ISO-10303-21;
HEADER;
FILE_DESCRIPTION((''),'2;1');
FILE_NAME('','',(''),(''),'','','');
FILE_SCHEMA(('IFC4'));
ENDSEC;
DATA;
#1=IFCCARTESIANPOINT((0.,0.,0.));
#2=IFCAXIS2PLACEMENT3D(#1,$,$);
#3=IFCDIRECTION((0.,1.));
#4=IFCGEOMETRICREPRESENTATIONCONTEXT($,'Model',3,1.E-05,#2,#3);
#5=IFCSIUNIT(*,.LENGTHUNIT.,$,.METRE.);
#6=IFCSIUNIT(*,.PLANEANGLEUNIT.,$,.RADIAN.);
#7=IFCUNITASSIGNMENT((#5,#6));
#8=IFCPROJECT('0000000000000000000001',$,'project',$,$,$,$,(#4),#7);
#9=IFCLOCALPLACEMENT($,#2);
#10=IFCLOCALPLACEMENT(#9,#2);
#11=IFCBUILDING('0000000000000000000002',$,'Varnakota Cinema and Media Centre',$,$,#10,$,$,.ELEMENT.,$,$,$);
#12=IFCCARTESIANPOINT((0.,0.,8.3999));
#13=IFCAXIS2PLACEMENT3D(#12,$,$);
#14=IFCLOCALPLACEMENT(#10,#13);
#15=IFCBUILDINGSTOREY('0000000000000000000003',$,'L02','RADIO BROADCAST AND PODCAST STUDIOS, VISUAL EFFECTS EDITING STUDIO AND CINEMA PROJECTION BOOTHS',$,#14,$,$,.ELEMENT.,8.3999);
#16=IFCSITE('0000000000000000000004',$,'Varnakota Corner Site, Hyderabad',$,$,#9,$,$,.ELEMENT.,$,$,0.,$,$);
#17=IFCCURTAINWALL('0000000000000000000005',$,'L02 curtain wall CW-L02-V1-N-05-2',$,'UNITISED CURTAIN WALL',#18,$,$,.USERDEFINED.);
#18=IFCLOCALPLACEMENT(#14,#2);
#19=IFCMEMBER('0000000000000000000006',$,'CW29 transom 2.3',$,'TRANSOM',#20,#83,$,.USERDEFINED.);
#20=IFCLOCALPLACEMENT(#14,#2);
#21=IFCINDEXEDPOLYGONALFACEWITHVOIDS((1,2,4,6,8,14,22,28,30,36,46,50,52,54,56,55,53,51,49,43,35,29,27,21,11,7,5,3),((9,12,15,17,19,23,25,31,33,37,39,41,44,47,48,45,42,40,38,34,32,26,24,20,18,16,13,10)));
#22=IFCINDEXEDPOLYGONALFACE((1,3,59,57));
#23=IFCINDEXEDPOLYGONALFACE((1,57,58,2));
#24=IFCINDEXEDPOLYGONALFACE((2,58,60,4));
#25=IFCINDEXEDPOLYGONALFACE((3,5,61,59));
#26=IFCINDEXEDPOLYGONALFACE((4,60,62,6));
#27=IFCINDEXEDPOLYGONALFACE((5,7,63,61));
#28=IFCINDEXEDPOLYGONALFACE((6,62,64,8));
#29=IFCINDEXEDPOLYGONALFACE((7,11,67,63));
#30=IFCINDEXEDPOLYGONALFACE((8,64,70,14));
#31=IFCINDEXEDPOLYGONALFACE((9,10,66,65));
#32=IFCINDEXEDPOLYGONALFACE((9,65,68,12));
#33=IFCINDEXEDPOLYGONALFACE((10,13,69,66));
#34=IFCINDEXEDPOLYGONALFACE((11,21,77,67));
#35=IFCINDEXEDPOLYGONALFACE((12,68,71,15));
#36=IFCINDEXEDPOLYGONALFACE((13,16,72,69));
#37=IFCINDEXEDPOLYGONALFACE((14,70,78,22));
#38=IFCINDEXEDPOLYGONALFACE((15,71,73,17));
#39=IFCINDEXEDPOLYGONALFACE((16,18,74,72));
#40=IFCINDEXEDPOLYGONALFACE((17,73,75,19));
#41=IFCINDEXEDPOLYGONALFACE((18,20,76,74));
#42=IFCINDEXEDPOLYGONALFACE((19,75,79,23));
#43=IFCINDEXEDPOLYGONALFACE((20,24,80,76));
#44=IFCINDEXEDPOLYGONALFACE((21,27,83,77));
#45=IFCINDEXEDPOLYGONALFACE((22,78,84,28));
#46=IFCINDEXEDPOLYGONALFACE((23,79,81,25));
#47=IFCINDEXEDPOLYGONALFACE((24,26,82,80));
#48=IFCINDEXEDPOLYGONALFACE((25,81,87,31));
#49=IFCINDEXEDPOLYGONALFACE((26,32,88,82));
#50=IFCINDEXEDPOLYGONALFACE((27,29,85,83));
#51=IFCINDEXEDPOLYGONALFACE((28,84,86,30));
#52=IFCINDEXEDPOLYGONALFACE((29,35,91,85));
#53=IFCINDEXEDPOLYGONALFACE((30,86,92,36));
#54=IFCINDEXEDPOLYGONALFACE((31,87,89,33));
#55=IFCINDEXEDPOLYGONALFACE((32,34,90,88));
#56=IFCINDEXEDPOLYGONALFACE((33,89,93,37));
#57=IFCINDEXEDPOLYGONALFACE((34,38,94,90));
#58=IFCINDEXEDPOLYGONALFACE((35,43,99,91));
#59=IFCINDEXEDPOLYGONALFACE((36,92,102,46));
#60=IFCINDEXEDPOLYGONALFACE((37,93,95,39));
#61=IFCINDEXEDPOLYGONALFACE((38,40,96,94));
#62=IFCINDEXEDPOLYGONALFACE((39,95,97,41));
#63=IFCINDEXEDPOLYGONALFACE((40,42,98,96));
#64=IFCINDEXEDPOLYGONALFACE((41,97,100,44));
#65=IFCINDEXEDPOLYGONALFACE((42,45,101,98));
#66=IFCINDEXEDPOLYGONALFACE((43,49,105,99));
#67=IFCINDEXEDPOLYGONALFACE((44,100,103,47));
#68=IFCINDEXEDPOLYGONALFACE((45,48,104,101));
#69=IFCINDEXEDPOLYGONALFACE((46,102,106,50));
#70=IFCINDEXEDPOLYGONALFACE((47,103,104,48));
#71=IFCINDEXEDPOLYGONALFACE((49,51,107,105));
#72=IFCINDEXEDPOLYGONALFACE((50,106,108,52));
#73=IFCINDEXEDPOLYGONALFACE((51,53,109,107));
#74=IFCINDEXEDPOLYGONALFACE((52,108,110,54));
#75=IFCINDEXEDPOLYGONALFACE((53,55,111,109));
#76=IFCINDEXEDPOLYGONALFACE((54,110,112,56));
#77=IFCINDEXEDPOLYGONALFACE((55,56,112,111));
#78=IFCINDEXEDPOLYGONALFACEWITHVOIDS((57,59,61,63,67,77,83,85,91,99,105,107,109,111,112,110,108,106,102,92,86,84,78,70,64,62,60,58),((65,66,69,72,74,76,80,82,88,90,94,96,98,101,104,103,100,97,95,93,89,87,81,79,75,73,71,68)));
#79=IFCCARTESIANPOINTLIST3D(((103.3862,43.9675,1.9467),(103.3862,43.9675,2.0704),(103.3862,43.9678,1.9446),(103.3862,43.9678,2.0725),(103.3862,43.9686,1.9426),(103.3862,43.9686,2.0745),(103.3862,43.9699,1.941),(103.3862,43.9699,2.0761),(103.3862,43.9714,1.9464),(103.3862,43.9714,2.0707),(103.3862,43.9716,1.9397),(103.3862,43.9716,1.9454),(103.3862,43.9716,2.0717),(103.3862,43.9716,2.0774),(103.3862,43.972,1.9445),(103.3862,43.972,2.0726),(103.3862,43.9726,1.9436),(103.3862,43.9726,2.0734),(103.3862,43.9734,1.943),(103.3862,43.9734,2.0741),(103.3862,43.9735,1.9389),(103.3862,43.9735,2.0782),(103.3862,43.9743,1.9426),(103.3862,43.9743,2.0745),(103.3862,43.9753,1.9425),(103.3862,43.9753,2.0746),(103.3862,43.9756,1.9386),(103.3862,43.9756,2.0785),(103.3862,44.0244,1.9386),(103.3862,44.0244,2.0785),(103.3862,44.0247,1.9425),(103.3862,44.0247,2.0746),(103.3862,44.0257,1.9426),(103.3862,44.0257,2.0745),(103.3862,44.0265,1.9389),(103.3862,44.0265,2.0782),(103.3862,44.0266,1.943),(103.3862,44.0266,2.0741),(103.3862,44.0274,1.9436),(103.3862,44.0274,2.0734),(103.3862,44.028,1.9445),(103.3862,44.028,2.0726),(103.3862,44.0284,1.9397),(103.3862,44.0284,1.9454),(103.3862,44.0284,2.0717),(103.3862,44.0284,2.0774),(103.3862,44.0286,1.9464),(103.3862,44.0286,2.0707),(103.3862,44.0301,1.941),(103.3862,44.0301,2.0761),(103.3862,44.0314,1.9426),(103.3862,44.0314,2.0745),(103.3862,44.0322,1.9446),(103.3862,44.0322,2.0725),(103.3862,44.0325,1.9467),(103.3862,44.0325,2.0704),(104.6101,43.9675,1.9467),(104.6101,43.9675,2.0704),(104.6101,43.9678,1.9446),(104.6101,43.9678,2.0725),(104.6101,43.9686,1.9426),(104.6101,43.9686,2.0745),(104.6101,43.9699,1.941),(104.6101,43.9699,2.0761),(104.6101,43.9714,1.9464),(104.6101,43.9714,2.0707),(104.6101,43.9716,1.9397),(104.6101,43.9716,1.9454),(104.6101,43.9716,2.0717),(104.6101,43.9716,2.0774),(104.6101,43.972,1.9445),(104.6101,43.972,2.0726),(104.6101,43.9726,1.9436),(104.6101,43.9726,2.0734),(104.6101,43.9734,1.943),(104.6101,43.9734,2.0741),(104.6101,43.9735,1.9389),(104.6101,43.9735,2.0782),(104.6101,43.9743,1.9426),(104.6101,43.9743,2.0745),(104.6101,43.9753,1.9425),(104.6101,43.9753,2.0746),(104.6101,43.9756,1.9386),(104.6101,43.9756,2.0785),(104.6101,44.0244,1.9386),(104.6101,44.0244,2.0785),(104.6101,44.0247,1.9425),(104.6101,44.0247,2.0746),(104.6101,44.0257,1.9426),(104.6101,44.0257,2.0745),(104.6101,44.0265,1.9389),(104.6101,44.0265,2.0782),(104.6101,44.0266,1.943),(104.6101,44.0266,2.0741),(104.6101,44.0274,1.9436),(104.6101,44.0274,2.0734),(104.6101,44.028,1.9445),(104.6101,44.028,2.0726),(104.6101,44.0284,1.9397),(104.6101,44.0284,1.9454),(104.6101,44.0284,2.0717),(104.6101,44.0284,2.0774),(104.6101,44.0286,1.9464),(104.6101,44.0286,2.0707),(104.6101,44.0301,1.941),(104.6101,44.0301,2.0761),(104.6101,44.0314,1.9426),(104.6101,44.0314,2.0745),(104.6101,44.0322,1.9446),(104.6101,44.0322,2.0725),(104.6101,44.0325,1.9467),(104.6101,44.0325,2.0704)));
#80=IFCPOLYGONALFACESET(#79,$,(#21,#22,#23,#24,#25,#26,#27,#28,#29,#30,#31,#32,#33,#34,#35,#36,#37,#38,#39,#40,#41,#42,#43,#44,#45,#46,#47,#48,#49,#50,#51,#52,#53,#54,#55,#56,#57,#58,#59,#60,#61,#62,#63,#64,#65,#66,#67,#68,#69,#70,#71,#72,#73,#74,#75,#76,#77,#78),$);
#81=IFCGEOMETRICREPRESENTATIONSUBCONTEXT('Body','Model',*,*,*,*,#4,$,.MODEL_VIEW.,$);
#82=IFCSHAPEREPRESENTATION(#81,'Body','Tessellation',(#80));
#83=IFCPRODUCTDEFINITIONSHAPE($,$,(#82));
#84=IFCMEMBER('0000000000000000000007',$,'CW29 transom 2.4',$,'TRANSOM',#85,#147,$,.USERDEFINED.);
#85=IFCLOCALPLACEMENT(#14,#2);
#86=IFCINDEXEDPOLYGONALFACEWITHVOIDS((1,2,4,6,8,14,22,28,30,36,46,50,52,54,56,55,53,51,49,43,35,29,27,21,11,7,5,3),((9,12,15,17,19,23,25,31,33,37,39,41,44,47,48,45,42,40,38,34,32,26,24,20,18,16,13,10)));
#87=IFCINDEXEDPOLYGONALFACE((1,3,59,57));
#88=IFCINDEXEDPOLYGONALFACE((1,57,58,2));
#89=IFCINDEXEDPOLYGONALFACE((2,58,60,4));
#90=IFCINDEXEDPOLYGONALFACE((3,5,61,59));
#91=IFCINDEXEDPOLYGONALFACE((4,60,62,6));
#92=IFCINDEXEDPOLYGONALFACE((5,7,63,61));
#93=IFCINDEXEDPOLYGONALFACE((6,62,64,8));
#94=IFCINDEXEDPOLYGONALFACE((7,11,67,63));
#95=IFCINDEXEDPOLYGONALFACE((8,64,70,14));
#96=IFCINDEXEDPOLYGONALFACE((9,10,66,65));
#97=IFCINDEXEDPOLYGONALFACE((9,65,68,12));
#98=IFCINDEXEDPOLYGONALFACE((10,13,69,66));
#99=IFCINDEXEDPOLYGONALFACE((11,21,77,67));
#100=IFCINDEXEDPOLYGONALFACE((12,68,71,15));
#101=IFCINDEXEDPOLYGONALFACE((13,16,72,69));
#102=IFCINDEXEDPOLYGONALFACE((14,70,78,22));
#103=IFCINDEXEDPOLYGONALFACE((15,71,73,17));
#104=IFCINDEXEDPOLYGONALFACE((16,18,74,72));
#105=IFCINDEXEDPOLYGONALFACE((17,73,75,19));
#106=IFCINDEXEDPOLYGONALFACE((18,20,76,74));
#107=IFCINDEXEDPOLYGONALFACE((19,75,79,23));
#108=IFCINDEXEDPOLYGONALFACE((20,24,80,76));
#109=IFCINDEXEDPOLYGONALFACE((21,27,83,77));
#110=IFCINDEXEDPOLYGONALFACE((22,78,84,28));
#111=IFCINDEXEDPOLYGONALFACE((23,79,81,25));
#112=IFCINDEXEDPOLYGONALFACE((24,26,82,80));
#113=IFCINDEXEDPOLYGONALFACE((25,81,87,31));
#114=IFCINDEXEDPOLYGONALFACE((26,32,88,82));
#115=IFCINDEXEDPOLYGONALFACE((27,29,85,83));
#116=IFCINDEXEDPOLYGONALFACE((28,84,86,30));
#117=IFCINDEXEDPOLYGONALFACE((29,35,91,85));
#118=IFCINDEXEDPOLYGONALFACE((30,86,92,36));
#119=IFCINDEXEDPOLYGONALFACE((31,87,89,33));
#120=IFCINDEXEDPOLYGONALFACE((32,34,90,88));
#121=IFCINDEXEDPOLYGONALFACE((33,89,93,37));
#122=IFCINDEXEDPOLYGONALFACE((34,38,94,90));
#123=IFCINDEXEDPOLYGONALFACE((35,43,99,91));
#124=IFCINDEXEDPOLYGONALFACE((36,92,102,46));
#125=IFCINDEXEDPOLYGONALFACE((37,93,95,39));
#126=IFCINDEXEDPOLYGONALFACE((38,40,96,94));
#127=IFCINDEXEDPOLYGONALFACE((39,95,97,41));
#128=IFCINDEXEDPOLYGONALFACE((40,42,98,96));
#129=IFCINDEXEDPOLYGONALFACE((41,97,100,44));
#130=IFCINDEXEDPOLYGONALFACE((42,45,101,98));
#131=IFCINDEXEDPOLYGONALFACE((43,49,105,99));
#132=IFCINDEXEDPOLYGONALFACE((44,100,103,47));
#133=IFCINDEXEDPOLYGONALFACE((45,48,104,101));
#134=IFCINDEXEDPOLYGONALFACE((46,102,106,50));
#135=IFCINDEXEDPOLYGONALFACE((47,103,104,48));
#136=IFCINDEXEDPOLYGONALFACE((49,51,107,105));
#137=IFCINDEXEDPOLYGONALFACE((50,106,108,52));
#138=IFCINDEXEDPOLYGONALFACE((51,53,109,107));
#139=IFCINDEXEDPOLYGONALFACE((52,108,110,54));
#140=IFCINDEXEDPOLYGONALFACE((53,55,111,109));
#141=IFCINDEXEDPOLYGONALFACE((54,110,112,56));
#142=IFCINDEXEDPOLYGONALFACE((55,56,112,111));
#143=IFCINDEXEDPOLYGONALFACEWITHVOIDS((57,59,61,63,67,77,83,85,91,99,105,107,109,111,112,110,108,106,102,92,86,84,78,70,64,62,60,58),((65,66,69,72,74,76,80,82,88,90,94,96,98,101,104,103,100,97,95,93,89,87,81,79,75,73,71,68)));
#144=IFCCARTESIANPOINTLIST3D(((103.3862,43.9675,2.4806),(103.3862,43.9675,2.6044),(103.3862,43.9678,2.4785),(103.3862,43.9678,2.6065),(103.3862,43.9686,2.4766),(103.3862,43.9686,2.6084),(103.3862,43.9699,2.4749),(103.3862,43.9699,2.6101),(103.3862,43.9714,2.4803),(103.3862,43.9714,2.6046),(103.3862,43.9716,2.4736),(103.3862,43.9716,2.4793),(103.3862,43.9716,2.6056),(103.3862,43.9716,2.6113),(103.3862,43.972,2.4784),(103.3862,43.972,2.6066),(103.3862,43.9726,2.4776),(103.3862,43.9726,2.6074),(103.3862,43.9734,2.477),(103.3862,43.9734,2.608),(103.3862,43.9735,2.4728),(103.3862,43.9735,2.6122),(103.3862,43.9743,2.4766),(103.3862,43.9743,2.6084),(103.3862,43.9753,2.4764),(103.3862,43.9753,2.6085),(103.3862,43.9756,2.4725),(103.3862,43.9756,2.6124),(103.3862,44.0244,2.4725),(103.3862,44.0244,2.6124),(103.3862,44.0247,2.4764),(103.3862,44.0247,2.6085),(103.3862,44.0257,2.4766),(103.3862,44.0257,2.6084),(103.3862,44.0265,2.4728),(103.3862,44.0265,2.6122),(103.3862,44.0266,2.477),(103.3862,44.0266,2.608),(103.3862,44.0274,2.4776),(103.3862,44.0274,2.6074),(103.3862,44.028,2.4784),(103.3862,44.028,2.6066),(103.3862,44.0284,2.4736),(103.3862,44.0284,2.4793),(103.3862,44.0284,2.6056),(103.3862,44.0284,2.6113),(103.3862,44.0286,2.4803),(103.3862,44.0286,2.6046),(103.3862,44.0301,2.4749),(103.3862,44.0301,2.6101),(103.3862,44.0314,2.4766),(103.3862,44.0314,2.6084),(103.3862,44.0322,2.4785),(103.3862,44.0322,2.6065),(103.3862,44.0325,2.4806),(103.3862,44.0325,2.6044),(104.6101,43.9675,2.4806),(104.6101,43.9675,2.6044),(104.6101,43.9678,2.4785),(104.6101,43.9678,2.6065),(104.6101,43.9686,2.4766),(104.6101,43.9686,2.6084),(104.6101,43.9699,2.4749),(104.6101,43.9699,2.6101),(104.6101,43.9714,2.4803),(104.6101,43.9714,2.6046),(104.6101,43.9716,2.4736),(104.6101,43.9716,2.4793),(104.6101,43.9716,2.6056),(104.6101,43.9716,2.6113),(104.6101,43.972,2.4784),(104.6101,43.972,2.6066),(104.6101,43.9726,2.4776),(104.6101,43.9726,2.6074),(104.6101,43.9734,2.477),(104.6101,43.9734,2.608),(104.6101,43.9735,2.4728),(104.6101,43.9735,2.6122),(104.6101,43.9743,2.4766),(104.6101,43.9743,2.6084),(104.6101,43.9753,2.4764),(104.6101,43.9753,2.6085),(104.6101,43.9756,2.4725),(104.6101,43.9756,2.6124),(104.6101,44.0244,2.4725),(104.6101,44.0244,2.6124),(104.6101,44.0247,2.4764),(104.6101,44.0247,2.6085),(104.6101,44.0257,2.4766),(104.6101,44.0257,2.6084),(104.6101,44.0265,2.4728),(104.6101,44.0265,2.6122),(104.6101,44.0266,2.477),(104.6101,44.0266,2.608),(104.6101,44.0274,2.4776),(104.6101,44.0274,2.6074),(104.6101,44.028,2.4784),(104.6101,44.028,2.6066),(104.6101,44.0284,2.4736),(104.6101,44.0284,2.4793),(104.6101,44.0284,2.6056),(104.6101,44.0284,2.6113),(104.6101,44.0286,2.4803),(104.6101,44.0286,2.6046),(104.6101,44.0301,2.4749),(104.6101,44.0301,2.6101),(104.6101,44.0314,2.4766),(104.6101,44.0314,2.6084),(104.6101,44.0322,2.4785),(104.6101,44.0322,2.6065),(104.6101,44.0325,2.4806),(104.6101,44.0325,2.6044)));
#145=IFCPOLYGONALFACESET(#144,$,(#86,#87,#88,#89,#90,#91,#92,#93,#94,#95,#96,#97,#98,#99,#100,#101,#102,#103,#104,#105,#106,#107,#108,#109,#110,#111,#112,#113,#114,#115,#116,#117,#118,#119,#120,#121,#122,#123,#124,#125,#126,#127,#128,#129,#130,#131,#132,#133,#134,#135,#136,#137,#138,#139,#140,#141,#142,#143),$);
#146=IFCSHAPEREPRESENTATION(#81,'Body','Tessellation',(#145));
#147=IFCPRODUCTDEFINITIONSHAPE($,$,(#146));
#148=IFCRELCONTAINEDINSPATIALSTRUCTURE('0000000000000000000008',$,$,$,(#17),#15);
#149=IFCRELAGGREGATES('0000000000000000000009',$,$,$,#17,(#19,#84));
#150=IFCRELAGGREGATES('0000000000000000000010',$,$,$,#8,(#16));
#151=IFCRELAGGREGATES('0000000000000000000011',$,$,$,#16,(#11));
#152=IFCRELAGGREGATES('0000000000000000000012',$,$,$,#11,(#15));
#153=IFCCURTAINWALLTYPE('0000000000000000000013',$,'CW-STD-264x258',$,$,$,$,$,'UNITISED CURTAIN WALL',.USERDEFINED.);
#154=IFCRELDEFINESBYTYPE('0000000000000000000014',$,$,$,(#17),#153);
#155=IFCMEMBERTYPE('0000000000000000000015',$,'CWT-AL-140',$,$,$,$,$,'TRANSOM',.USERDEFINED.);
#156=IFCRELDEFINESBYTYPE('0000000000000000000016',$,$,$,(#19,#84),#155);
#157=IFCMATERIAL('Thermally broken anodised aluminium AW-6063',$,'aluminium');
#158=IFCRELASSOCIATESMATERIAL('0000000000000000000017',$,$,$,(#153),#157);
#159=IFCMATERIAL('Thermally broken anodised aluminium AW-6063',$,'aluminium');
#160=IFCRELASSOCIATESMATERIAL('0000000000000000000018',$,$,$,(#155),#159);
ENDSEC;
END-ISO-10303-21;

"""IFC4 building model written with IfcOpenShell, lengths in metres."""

from ifc_helpers import new_model, si_unit, direction, frame, origin, origin_2d, place, context, subcontext, project, spatial, hollow_rectangle, extrude, material, material_profile, profile_set, type_object, element, aggregate, save


model = new_model("IFC4")

# Units and contexts
model_context = context("Model", 3, precision=1e-05, world=origin(), true_north=direction((0.0, 1.0)))
body_context = subcontext(model_context, "Body", "Model", "MODEL_VIEW")
ifc_project = project(units=[si_unit("LENGTHUNIT", "METRE"), si_unit("PLANEANGLEUNIT", "RADIAN")], contexts=[model_context])

# Site, building, storey
site_placement = place(None, origin())
site = spatial("IfcSite", under=ifc_project, at=site_placement, Name="Varnakota Corner Site, Hyderabad", CompositionType="ELEMENT", RefElevation=0.0)
building_placement = place(site_placement, origin())
building = spatial("IfcBuilding", under=site, at=building_placement, Name="Varnakota Cinema and Media Centre", CompositionType="ELEMENT")
storey_placement = place(building_placement, frame((0.0, 0.0, 8.3999)))
storey = spatial("IfcBuildingStorey", under=building, at=storey_placement, Name="L02", Description="RADIO BROADCAST AND PODCAST STUDIOS, VISUAL EFFECTS EDITING STUDIO AND CINEMA PROJECTION BOOTHS", CompositionType="ELEMENT", Elevation=8.3999)

# Curtain wall
ifc_material_1 = material(Name="Thermally broken anodised aluminium AW-6063", Category="aluminium")
curtain_wall_type = type_object("IfcCurtainWallType", Name="CW-STD-264x258", ElementType="UNITISED CURTAIN WALL", PredefinedType="USERDEFINED", material=ifc_material_1)
curtain_wall_1_placement = place(storey_placement, origin())
curtain_wall_1 = element("IfcCurtainWall", 1, at=curtain_wall_1_placement, inside=storey, type_object=curtain_wall_type, Name="L02 curtain wall CW-L02-V1-N-05-2", ObjectType="UNITISED CURTAIN WALL", PredefinedType="USERDEFINED")

# Members
ifc_material_2 = material(Name="Thermally broken anodised aluminium AW-6063", Category="aluminium")
ifc_material_profile_1 = material_profile(ifc_material_2, hollow_rectangle(XDim=0.0649, YDim=0.1399, WallThickness=0.0039, InnerFilletRadius=0.0039, OuterFilletRadius=0.0081, at=origin_2d()), Name="AL-TRANSOM 140x65x4")
ifc_profile_set_1 = profile_set([ifc_material_profile_1], Name="Thermally broken anodised aluminium AW-6063")
member_type_1 = type_object("IfcMemberType", Name="CWT-AL-140", ElementType="TRANSOM", PredefinedType="USERDEFINED", material=ifc_profile_set_1)
member_1_placement = place(storey_placement, frame((103.3862, 44.0, 2.0085), z_axis=(1.0, 0.0, 0.0), x_axis=(0.0, 1.0, 0.0)))
member_1 = element("IfcMember", 2, at=member_1_placement, type_object=member_type_1, Name="CW29 transom 2.3", ObjectType="TRANSOM", PredefinedType="USERDEFINED", context=body_context, shape_type="SweptSolid", body=[
    extrude(hollow_rectangle(XDim=0.0649, YDim=0.1399, WallThickness=0.0039, InnerFilletRadius=0.0039, OuterFilletRadius=0.0081, at=origin_2d()), origin(), (0.0, 0.0, 1.0), 1.2239),
])
member_2_placement = place(storey_placement, frame((103.3862, 44.0, 2.5425), z_axis=(1.0, 0.0, 0.0), x_axis=(0.0, 1.0, 0.0)))
member_2 = element("IfcMember", 3, at=member_2_placement, type_object=member_type_1, Name="CW29 transom 2.4", ObjectType="TRANSOM", PredefinedType="USERDEFINED", context=body_context, shape_type="SweptSolid", body=[
    extrude(hollow_rectangle(XDim=0.0649, YDim=0.1399, WallThickness=0.0039, InnerFilletRadius=0.0039, OuterFilletRadius=0.0081, at=origin_2d()), origin(), (0.0, 0.0, 1.0), 1.2239),
])

aggregate(curtain_wall_1, [member_1, member_2])

save(model, "model.ifc")
